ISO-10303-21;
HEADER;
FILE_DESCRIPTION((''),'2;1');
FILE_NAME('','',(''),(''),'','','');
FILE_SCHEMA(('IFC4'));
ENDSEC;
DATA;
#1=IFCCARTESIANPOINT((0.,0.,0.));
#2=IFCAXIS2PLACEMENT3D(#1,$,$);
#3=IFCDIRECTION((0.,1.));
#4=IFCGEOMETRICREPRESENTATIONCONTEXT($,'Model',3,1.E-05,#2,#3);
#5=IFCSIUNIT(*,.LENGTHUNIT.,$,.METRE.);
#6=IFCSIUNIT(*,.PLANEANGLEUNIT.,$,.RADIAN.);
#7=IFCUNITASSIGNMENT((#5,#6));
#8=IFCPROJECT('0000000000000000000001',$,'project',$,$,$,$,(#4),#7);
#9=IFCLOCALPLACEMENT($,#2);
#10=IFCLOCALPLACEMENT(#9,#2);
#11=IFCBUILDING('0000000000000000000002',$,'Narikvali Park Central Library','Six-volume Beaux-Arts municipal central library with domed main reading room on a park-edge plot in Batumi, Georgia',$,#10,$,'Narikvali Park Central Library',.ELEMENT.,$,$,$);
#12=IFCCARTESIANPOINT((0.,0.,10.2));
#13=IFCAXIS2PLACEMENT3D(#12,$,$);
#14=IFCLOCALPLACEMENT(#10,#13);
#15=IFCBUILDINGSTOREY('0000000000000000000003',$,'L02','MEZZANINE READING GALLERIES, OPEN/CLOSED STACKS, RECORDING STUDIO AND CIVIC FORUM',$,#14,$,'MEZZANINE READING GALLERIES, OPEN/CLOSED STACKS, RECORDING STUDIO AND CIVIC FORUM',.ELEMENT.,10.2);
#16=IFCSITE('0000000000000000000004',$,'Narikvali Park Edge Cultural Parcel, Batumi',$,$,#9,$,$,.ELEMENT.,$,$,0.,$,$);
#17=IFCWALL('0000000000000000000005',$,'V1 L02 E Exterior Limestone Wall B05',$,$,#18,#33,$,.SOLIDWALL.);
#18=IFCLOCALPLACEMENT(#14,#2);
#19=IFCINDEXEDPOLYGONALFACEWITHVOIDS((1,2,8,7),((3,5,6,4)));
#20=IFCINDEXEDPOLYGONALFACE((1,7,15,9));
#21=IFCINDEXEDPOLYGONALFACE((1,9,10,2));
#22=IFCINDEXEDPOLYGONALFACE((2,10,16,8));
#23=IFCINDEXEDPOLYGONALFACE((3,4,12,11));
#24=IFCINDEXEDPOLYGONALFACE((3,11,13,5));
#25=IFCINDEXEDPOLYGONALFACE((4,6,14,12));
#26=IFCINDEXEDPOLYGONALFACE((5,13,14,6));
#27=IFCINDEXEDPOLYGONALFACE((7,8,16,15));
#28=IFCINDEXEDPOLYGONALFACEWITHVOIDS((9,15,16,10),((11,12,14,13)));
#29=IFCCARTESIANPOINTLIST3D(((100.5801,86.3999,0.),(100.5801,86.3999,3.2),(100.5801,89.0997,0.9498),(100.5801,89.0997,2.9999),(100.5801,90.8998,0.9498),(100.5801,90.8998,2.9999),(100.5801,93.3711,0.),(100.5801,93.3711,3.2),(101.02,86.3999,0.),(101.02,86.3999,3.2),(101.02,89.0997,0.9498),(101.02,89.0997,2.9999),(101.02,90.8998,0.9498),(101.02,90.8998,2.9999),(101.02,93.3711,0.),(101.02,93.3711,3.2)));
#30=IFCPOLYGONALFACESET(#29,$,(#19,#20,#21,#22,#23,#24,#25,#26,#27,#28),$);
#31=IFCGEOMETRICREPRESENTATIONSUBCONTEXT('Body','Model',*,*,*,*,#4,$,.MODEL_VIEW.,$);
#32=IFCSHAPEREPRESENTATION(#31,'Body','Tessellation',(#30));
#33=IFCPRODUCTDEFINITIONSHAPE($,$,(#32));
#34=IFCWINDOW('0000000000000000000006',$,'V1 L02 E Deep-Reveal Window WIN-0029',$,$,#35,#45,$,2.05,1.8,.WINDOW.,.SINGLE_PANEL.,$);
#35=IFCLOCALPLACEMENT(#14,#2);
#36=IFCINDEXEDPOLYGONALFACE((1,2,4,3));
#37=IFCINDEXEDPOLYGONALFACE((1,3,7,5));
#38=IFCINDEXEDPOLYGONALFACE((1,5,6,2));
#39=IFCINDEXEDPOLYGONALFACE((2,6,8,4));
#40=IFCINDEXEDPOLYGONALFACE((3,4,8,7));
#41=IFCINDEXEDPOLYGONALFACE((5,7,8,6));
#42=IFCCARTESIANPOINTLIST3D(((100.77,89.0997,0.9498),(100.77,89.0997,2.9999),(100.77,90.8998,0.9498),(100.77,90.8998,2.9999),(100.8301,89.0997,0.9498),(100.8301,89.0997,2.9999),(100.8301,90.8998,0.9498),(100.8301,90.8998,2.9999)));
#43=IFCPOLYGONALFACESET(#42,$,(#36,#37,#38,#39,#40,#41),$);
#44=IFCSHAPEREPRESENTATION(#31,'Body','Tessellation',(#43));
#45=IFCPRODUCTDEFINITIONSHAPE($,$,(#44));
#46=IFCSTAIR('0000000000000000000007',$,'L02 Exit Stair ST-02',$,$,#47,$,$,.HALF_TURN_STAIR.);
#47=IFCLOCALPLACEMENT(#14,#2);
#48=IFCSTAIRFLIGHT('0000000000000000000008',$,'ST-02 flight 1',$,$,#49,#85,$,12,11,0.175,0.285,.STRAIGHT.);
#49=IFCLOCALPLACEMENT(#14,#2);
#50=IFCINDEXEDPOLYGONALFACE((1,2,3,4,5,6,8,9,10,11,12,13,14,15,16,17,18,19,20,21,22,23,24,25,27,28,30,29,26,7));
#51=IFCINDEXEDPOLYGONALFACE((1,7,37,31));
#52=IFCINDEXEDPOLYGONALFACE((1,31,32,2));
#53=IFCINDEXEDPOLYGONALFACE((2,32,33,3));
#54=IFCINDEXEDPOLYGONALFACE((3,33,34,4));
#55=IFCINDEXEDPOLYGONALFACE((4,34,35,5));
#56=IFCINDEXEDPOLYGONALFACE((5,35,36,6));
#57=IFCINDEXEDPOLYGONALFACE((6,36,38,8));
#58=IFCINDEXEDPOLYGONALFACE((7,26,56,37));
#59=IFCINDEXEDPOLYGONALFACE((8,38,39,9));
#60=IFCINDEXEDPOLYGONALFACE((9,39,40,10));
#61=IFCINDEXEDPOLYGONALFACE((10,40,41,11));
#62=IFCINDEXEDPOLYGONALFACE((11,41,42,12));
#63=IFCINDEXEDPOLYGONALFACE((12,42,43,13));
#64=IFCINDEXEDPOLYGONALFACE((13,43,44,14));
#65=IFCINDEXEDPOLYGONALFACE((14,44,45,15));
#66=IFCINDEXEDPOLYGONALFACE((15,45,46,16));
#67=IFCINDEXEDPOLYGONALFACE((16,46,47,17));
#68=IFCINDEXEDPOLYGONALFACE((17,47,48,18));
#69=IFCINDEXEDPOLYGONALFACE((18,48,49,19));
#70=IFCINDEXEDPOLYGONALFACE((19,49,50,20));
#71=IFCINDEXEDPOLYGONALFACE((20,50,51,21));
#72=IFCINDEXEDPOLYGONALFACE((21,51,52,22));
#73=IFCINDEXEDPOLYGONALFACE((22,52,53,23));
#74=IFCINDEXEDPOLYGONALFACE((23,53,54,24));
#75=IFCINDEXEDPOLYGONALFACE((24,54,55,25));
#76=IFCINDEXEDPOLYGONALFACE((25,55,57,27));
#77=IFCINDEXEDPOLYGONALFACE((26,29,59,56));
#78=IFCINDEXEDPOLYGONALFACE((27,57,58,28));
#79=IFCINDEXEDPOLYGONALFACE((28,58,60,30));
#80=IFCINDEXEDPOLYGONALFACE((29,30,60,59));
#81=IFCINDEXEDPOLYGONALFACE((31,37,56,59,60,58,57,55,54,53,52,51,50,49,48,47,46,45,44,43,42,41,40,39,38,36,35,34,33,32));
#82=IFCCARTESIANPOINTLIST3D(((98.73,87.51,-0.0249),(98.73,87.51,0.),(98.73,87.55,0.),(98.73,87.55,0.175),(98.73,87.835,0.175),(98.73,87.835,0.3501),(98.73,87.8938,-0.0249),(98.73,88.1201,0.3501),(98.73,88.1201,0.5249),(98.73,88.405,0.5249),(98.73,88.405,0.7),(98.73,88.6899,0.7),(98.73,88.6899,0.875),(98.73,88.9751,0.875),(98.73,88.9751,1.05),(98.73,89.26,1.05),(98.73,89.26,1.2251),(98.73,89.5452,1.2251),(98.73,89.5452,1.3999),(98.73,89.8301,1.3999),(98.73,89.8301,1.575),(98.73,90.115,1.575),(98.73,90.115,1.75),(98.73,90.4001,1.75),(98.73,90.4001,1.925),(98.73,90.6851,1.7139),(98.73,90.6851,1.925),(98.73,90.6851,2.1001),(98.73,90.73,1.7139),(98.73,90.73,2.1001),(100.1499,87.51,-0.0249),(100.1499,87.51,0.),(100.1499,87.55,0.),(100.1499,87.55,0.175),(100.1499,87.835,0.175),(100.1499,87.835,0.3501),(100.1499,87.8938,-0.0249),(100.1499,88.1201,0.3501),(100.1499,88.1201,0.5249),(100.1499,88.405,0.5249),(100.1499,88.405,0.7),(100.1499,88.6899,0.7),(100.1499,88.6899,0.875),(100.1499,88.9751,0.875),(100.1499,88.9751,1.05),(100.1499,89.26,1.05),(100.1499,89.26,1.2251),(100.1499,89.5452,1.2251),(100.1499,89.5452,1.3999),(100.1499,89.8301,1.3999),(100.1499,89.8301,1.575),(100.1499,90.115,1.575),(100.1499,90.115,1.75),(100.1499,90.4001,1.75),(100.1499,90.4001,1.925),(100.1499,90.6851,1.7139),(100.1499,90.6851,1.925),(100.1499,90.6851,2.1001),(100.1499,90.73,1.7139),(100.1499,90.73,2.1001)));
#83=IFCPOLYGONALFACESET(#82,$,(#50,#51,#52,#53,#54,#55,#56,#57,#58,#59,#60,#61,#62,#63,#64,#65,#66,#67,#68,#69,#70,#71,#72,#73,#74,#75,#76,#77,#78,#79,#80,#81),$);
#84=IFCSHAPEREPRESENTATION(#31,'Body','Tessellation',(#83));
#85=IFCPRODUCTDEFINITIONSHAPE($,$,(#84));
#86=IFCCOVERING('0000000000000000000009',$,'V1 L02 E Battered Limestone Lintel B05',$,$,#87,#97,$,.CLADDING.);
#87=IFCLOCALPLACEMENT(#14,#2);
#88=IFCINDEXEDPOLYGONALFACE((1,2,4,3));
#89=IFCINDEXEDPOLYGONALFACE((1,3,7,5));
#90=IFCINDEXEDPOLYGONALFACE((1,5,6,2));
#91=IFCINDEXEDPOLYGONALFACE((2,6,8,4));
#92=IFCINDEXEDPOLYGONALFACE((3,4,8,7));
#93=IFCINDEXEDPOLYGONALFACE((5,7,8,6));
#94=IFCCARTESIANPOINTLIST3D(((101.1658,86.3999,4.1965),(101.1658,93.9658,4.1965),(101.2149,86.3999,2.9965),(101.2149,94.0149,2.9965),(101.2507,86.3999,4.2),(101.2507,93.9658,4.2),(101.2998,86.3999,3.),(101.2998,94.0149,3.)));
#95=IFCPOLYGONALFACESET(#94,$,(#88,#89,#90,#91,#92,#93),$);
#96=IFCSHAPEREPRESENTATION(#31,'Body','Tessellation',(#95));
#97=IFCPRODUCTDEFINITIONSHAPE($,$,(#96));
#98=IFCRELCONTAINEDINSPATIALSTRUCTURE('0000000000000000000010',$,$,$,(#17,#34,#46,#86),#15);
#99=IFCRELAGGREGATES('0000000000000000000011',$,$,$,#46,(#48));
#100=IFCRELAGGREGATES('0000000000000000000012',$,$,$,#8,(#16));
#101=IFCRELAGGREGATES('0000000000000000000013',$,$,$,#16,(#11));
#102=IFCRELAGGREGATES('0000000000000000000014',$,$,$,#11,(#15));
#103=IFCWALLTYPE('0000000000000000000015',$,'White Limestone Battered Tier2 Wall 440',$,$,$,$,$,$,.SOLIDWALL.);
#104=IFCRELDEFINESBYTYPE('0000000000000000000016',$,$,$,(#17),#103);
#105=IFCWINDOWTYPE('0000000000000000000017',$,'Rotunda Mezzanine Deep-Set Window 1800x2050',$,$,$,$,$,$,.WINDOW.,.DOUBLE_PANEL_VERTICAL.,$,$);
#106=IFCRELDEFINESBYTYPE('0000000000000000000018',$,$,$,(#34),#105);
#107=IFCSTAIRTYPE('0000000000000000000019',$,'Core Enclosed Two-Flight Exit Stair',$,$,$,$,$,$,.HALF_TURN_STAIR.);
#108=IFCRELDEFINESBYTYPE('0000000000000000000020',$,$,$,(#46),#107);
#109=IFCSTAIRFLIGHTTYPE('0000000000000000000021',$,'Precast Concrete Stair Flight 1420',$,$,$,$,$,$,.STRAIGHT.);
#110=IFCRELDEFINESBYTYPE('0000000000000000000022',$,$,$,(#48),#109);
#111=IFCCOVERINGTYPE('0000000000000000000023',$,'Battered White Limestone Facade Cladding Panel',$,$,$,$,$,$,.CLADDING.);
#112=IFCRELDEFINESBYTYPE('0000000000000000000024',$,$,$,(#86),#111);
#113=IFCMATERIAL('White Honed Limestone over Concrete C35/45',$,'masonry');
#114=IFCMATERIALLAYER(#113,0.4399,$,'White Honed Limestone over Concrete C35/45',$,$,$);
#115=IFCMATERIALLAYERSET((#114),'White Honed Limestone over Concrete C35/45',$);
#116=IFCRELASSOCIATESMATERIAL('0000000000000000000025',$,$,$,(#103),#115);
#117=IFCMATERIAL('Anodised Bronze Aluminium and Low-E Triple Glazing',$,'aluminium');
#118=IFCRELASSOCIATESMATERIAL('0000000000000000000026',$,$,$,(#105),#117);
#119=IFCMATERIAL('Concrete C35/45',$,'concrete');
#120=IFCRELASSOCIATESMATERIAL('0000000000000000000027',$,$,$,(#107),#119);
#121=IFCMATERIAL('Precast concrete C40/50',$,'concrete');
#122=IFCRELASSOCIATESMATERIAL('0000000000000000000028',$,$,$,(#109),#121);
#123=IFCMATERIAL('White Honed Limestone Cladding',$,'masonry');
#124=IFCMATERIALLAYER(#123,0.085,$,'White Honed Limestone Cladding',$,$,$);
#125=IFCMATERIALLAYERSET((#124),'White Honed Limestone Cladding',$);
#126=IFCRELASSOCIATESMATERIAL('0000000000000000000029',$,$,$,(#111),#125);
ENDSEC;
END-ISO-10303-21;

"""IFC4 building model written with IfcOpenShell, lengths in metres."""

from ifc_helpers import new_model, si_unit, direction, frame, frame_2d, origin, place, context, subcontext, project, spatial, polyline, rectangle, outline, extrude, material, layer, layer_set, type_object, element, fill, aggregate, save


model = new_model("IFC4")

# Units and contexts
model_context = context("Model", 3, precision=1e-05, world=origin(), true_north=direction((0.0, 1.0)))
body_context = subcontext(model_context, "Body", "Model", "MODEL_VIEW")
ifc_project = project(units=[si_unit("LENGTHUNIT", "METRE"), si_unit("PLANEANGLEUNIT", "RADIAN")], contexts=[model_context])

# Site, building, storey
site_placement = place(None, origin())
site = spatial("IfcSite", under=ifc_project, at=site_placement, Name="Narikvali Park Edge Cultural Parcel, Batumi", CompositionType="ELEMENT", RefElevation=0.0)
building_placement = place(site_placement, origin())
building = spatial("IfcBuilding", under=site, at=building_placement, Name="Narikvali Park Central Library", Description="Six-volume Beaux-Arts municipal central library with domed main reading room on a park-edge plot in Batumi, Georgia", LongName="Narikvali Park Central Library", CompositionType="ELEMENT")
storey_placement = place(building_placement, frame((0.0, 0.0, 10.2)))
storey = spatial("IfcBuildingStorey", under=building, at=storey_placement, Name="L02", Description="MEZZANINE READING GALLERIES, OPEN/CLOSED STACKS, RECORDING STUDIO AND CIVIC FORUM", LongName="MEZZANINE READING GALLERIES, OPEN/CLOSED STACKS, RECORDING STUDIO AND CIVIC FORUM", CompositionType="ELEMENT", Elevation=10.2)

# Wall, opening, window
ifc_material_1 = material(Name="White Honed Limestone over Concrete C35/45", Category="masonry")
ifc_layer_1 = layer(ifc_material_1, 0.4399, Name="White Honed Limestone over Concrete C35/45")
ifc_layer_set_1 = layer_set([ifc_layer_1], Name="White Honed Limestone over Concrete C35/45")
wall_type_1 = type_object("IfcWallType", Name="White Limestone Battered Tier2 Wall 440", PredefinedType="SOLIDWALL", material=ifc_layer_set_1)
wall_1_placement = place(storey_placement, frame((100.8, 86.3999, 0.0), z_axis=(0.0, 0.0, 1.0), x_axis=(0.0, 1.0, 0.0)))
wall_1 = element("IfcWall", 1, at=wall_1_placement, inside=storey, type_object=wall_type_1, Name="V1 L02 E Exterior Limestone Wall B05", PredefinedType="SOLIDWALL", context=body_context, shape_type="SweptSolid", body=[
    extrude(rectangle(XDim=6.9712, YDim=0.4399, at=frame_2d((3.4856, 0.0))), origin(), (0.0, 0.0, 1.0), 3.2),
])
opening_1_placement = place(wall_1_placement, frame((2.7, 0.0, 0.95)))
opening_1 = element("IfcOpeningElement", 2, at=opening_1_placement, cuts=wall_1, PredefinedType="OPENING", context=body_context, shape_type="SweptSolid", body=[
    extrude(rectangle(XDim=1.8, YDim=2.05, at=frame_2d((0.8999, 1.0249))), frame((0.0, 0.2319, 0.0), z_axis=(0.0, -1.0, 0.0), x_axis=(1.0, 0.0, 0.0)), (0.0, 0.0, 1.0), 0.4639),
])
ifc_material_2 = material(Name="Anodised Bronze Aluminium and Low-E Triple Glazing", Category="aluminium")
window_type = type_object("IfcWindowType", Name="Rotunda Mezzanine Deep-Set Window 1800x2050", PartitioningType="DOUBLE_PANEL_VERTICAL", PredefinedType="WINDOW", material=ifc_material_2)
window_placement = place(opening_1_placement, origin())
window = element("IfcWindow", 3, at=window_placement, inside=storey, type_object=window_type, Name="V1 L02 E Deep-Reveal Window WIN-0029", OverallHeight=2.05, OverallWidth=1.8, PartitioningType="SINGLE_PANEL", PredefinedType="WINDOW", context=body_context, shape_type="SweptSolid", body=[
    extrude(rectangle(XDim=1.8, YDim=2.05, at=frame_2d((0.8999, 1.0249))), frame((0.0, 0.03, 0.0), z_axis=(0.0, -1.0, 0.0), x_axis=(1.0, 0.0, 0.0)), (0.0, 0.0, 1.0), 0.0601),
])
fill(opening_1, window)

# Stair, stair flight
ifc_material_3 = material(Name="Concrete C35/45", Category="concrete")
stair_type = type_object("IfcStairType", Name="Core Enclosed Two-Flight Exit Stair", PredefinedType="HALF_TURN_STAIR", material=ifc_material_3)
stair_placement = place(storey_placement, origin())
stair = element("IfcStair", 4, at=stair_placement, inside=storey, type_object=stair_type, Name="L02 Exit Stair ST-02", PredefinedType="HALF_TURN_STAIR")
ifc_material_4 = material(Name="Precast concrete C40/50", Category="concrete")
stair_flight_type = type_object("IfcStairFlightType", Name="Precast Concrete Stair Flight 1420", PredefinedType="STRAIGHT", material=ifc_material_4)
stair_flight_placement = place(storey_placement, frame((99.4399, 87.55, 0.0), z_axis=(0.0, 0.0, 1.0), x_axis=(0.0, 1.0, 0.0)))
stair_flight = element("IfcStairFlight", 5, at=stair_flight_placement, type_object=stair_flight_type, Name="ST-02 flight 1", NumberOfRisers=12, NumberOfTreads=11, PredefinedType="STRAIGHT", RiserHeight=0.175, TreadLength=0.285, context=body_context, shape_type="SweptSolid", body=[
    extrude(outline(polyline([(-0.04, -0.0249), (-0.04, 0.0), (0.0, 0.0), (0.0, 0.175), (0.2849, 0.175), (0.2849, 0.3501), (0.5701, 0.3501), (0.5701, 0.5249), (0.855, 0.5249), (0.855, 0.7), (1.1399, 0.7), (1.1399, 0.875), (1.425, 0.875), (1.425, 1.05), (1.71, 1.05), (1.71, 1.2251), (1.9951, 1.2251), (1.9951, 1.3999), (2.28, 1.3999), (2.28, 1.575), (2.5649, 1.575), (2.5649, 1.75), (2.8501, 1.75), (2.8501, 1.925), (3.135, 1.925), (3.135, 2.1001), (3.1799, 2.1001), (3.1799, 1.7139), (3.135, 1.7139), (0.3438, -0.0249), (-0.04, -0.0249)])), frame((0.0, 0.71, 0.0), z_axis=(0.0, -1.0, 0.0), x_axis=(1.0, 0.0, 0.0)), (0.0, 0.0, 1.0), 1.4199),
])
aggregate(stair, [stair_flight])

# Covering
ifc_material_5 = material(Name="White Honed Limestone Cladding", Category="masonry")
ifc_layer_2 = layer(ifc_material_5, 0.085, Name="White Honed Limestone Cladding")
ifc_layer_set_2 = layer_set([ifc_layer_2], Name="White Honed Limestone Cladding")
covering_type = type_object("IfcCoveringType", Name="Battered White Limestone Facade Cladding Panel", PredefinedType="CLADDING", material=ifc_layer_set_2)
covering_placement = place(storey_placement, frame((101.2998, 86.3999, 3.0), z_axis=(0.999165, 0.0, 0.040861), x_axis=(0.0, 1.0, 0.0)))
element("IfcCovering", 6, at=covering_placement, inside=storey, type_object=covering_type, Name="V1 L02 E Battered Limestone Lintel B05", PredefinedType="CLADDING", context=body_context, shape_type="SweptSolid", body=[
    extrude(outline(polyline([(0.0, 0.0), (7.615, 0.0), (7.5659, 1.201), (0.0, 1.201), (0.0, 0.0)])), origin(), (0.0, 0.0, -1.0), 0.085),
])

save(model, "model.ifc")
